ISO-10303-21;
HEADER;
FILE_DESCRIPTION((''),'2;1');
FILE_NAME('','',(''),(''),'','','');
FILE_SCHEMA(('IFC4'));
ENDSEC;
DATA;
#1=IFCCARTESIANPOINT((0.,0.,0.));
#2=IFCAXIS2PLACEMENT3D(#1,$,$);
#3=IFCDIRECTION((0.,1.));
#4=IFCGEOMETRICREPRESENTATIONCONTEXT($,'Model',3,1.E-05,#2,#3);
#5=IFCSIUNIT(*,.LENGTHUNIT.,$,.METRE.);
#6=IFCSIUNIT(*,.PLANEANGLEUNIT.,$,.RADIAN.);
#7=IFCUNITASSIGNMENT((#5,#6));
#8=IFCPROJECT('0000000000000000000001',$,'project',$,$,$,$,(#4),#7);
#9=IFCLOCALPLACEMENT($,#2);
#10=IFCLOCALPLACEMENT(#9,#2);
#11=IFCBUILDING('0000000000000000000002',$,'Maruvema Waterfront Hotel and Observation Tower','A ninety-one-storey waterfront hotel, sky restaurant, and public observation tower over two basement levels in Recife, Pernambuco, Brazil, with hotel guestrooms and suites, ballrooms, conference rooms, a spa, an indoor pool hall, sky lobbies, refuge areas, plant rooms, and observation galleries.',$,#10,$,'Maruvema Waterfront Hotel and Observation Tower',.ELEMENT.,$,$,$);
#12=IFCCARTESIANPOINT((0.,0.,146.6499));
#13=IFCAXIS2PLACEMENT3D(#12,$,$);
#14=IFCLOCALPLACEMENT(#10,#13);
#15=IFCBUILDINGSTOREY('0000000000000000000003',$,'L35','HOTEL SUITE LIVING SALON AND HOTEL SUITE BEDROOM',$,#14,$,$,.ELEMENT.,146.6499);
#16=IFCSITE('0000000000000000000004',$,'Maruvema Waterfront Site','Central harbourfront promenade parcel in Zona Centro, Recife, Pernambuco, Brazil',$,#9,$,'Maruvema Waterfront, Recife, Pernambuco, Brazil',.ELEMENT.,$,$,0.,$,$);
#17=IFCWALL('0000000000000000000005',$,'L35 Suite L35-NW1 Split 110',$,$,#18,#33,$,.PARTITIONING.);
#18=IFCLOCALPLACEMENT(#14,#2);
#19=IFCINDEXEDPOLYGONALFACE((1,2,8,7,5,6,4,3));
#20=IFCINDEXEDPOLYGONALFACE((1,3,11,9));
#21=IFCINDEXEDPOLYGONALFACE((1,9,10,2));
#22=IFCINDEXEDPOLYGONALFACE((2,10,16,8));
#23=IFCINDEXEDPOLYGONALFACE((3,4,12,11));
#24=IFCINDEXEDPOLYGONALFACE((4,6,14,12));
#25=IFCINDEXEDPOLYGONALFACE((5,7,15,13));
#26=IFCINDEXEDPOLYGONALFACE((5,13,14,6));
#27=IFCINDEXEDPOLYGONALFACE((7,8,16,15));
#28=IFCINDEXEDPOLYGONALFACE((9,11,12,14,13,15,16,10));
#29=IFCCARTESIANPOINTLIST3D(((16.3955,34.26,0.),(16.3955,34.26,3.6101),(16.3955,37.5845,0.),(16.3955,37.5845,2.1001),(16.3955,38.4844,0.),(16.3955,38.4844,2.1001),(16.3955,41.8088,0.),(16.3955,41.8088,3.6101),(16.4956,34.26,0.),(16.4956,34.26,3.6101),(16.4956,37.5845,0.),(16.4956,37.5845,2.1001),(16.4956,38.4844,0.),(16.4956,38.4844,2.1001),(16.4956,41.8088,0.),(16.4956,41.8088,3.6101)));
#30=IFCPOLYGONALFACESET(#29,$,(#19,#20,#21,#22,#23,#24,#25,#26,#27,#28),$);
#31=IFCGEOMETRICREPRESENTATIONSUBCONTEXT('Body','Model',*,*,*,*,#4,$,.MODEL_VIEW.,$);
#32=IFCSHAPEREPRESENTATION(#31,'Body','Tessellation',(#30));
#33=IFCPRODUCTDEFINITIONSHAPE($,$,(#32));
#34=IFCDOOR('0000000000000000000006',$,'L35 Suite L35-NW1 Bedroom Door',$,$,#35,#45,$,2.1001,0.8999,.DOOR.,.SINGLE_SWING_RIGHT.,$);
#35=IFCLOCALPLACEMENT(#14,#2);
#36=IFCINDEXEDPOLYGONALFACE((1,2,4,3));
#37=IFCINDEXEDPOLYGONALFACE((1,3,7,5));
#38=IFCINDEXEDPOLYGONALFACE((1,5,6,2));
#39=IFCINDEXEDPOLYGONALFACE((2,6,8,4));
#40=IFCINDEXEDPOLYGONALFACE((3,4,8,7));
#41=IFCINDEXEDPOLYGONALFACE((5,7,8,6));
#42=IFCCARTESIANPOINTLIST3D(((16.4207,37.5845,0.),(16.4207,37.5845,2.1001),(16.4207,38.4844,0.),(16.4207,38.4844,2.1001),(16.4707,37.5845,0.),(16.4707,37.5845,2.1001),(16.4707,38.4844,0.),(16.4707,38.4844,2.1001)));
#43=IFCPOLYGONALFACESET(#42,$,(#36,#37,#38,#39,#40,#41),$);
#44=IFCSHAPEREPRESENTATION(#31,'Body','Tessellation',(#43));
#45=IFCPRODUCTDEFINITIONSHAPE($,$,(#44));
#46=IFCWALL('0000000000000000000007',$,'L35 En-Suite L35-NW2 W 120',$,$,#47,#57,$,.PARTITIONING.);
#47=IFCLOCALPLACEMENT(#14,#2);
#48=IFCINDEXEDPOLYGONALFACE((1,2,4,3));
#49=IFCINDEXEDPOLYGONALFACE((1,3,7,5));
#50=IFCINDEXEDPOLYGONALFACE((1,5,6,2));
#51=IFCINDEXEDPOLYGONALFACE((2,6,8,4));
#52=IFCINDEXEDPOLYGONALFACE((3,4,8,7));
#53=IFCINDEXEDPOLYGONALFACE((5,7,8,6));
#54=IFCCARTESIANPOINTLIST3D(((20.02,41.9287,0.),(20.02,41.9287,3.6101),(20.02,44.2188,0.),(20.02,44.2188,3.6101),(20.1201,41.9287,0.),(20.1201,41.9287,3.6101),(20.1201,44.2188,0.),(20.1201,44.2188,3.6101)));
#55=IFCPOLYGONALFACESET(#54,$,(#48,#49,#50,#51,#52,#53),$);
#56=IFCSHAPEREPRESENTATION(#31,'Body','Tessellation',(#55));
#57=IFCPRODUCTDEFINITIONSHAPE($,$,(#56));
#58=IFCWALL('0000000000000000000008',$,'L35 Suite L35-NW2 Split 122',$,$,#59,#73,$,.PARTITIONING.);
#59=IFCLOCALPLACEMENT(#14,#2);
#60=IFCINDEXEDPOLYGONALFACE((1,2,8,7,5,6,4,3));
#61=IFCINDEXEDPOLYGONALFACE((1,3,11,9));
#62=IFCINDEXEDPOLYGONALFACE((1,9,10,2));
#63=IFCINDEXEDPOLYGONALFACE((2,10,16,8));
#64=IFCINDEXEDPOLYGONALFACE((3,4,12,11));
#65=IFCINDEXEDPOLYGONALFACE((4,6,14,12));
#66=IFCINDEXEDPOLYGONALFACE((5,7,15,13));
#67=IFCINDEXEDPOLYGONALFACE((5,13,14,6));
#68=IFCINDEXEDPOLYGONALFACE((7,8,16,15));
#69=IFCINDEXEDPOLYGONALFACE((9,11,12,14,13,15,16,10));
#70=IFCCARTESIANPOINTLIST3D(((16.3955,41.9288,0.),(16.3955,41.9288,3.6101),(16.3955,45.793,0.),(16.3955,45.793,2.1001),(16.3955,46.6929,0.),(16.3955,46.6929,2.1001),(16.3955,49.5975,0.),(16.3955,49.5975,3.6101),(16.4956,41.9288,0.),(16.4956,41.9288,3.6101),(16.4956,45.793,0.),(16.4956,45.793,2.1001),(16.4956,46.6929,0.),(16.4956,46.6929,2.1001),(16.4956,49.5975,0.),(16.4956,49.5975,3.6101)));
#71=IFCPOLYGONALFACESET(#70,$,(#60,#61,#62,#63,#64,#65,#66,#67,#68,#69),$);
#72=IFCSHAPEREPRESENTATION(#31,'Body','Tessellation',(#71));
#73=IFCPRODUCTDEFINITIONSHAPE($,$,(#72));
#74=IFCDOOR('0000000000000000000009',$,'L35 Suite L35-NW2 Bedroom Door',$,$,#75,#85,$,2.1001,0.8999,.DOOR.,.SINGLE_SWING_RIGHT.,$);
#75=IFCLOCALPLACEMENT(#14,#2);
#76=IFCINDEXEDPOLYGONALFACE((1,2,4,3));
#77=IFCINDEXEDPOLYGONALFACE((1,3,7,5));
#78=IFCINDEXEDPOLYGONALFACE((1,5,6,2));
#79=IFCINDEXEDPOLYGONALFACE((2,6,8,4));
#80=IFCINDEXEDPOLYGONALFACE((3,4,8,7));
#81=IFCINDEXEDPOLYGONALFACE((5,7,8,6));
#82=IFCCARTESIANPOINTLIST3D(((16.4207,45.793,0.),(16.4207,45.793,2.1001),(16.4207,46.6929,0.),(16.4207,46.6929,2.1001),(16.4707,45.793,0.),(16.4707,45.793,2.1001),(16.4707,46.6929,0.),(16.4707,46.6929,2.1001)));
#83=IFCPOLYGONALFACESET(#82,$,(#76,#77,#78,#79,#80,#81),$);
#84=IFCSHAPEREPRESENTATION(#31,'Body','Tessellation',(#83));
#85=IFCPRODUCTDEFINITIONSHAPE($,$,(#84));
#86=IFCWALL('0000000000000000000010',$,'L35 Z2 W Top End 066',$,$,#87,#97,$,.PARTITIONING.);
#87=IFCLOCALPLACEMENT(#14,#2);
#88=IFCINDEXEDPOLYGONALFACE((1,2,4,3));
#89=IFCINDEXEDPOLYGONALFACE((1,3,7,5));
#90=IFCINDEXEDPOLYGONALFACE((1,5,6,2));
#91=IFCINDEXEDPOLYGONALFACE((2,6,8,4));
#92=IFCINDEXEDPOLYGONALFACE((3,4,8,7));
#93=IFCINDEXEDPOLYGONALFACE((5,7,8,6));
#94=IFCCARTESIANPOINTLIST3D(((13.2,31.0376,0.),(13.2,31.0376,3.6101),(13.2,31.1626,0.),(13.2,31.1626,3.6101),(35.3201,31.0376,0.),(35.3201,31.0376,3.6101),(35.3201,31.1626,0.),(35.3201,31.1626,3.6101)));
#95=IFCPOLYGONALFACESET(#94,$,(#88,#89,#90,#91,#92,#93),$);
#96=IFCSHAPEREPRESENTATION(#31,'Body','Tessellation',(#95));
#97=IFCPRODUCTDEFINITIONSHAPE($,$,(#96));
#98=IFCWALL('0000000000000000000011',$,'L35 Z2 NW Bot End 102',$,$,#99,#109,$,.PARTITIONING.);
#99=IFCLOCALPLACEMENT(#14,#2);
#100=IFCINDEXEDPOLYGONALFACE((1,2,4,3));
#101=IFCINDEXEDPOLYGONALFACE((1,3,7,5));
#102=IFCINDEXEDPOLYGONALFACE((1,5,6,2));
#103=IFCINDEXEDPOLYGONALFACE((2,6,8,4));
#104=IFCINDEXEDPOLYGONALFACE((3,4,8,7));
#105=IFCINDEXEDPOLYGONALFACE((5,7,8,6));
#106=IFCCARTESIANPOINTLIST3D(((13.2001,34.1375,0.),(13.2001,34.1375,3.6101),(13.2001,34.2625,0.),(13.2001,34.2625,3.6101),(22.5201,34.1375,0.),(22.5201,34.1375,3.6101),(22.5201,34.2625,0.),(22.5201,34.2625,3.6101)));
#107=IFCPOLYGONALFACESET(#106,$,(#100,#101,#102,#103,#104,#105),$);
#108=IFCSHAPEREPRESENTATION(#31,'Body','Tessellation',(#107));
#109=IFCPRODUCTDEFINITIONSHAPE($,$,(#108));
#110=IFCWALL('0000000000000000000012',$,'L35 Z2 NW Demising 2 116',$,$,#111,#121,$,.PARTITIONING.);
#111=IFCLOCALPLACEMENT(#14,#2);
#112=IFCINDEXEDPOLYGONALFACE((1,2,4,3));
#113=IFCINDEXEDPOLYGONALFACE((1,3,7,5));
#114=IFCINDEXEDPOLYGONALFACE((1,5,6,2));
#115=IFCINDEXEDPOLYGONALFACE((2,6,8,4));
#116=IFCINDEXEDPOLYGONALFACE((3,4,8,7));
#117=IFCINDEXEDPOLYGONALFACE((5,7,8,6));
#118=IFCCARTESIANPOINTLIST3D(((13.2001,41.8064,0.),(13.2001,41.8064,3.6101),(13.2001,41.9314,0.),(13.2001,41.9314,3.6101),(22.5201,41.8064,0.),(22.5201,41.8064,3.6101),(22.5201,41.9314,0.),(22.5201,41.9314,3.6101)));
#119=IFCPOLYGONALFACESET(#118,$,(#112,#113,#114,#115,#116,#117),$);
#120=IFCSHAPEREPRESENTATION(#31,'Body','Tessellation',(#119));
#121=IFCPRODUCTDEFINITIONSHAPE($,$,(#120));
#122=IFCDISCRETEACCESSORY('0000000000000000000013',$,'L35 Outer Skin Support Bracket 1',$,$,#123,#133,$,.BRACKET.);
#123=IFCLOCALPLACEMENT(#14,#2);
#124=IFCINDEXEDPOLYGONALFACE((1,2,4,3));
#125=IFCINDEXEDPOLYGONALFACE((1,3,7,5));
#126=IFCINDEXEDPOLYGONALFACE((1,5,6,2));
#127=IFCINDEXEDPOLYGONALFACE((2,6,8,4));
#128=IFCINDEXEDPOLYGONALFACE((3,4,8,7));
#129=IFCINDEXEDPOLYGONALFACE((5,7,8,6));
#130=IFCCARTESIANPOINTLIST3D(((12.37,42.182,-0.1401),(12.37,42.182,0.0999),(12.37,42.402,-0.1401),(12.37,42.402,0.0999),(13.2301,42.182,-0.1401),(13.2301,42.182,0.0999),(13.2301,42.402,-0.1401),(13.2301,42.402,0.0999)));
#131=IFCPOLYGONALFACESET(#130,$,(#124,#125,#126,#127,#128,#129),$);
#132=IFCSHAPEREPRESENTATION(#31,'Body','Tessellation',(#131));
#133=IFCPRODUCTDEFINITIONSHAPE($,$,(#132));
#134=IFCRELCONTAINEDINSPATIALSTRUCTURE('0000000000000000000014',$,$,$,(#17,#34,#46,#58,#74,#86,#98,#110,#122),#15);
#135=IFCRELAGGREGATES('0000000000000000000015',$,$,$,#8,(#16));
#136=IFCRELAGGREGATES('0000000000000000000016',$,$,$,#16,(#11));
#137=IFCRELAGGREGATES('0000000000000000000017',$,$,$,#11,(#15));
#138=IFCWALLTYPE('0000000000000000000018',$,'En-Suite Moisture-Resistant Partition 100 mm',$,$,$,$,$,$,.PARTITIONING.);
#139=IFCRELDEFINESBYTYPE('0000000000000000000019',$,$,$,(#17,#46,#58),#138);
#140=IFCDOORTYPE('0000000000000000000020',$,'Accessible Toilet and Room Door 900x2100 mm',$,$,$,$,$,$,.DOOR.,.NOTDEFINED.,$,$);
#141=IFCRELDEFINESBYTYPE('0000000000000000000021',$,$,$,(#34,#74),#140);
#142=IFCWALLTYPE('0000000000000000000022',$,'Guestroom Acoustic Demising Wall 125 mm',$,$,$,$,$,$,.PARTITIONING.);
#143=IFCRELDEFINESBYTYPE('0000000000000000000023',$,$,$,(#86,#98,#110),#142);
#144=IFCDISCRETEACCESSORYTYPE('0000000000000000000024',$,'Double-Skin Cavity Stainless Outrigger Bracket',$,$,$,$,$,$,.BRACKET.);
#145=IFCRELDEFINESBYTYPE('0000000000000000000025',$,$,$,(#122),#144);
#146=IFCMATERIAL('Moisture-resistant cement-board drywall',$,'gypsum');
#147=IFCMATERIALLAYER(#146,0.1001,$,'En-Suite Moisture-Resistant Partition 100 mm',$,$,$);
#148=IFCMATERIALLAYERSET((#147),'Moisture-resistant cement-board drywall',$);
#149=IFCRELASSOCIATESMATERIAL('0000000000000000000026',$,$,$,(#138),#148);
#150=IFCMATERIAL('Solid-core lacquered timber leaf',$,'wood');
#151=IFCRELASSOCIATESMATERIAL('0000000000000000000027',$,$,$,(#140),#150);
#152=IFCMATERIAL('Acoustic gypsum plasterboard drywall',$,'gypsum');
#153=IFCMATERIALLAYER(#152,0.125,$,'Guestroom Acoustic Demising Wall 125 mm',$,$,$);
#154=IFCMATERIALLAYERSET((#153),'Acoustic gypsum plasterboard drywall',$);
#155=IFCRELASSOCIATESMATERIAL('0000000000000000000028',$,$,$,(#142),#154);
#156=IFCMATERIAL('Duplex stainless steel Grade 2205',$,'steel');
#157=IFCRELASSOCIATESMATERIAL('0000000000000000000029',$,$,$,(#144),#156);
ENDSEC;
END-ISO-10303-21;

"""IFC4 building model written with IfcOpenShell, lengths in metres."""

from ifc_helpers import new_model, si_unit, direction, frame, frame_2d, origin, origin_2d, place, context, subcontext, project, spatial, rectangle, extrude, material, layer, layer_set, type_object, element, fill, save


model = new_model("IFC4")

# Units and contexts
model_context = context("Model", 3, precision=1e-05, world=origin(), true_north=direction((0.0, 1.0)))
body_context = subcontext(model_context, "Body", "Model", "MODEL_VIEW")
ifc_project = project(units=[si_unit("LENGTHUNIT", "METRE"), si_unit("PLANEANGLEUNIT", "RADIAN")], contexts=[model_context])

# Site, building, storey
site_placement = place(None, origin())
site = spatial("IfcSite", under=ifc_project, at=site_placement, Name="Maruvema Waterfront Site", Description="Central harbourfront promenade parcel in Zona Centro, Recife, Pernambuco, Brazil", LongName="Maruvema Waterfront, Recife, Pernambuco, Brazil", CompositionType="ELEMENT", RefElevation=0.0)
building_placement = place(site_placement, origin())
building = spatial("IfcBuilding", under=site, at=building_placement, Name="Maruvema Waterfront Hotel and Observation Tower", Description="A ninety-one-storey waterfront hotel, sky restaurant, and public observation tower over two basement levels in Recife, Pernambuco, Brazil, with hotel guestrooms and suites, ballrooms, conference rooms, a spa, an indoor pool hall, sky lobbies, refuge areas, plant rooms, and observation galleries.", LongName="Maruvema Waterfront Hotel and Observation Tower", CompositionType="ELEMENT")
storey_placement = place(building_placement, frame((0.0, 0.0, 146.6499)))
storey = spatial("IfcBuildingStorey", under=building, at=storey_placement, Name="L35", Description="HOTEL SUITE LIVING SALON AND HOTEL SUITE BEDROOM", CompositionType="ELEMENT", Elevation=146.6499)

# Shared definitions
ifc_material_1 = material(Name="Moisture-resistant cement-board drywall", Category="gypsum")
ifc_layer_1 = layer(ifc_material_1, 0.1001, Name="En-Suite Moisture-Resistant Partition 100 mm")
ifc_layer_set_1 = layer_set([ifc_layer_1], Name="Moisture-resistant cement-board drywall")
wall_type_1 = type_object("IfcWallType", Name="En-Suite Moisture-Resistant Partition 100 mm", PredefinedType="PARTITIONING", material=ifc_layer_set_1)

# Wall, opening, door
wall_1_placement = place(storey_placement, frame((16.4456, 34.26, 0.0), z_axis=(0.0, 0.0, 1.0), x_axis=(0.0, 1.0, 0.0)))
wall_1 = element("IfcWall", 1, at=wall_1_placement, inside=storey, type_object=wall_type_1, Name="L35 Suite L35-NW1 Split 110", PredefinedType="PARTITIONING", context=body_context, shape_type="SweptSolid", body=[
    extrude(rectangle(XDim=7.5488, YDim=0.1001, at=frame_2d((3.7744, 0.0))), origin(), (0.0, 0.0, 1.0), 3.6101),
])
opening_1_placement = place(wall_1_placement, frame((3.3245, 0.0, 0.0)))
opening_1 = element("IfcOpeningElement", 2, at=opening_1_placement, cuts=wall_1, PredefinedType="OPENING", context=body_context, shape_type="SweptSolid", body=[
    extrude(rectangle(XDim=0.8999, YDim=2.1001, at=frame_2d((0.45, 1.05))), frame((0.0, 0.0601, 0.0), z_axis=(0.0, -1.0, 0.0), x_axis=(1.0, 0.0, 0.0)), (0.0, 0.0, 1.0), 0.1201),
])
ifc_material_2 = material(Name="Solid-core lacquered timber leaf", Category="wood")
door_type_1 = type_object("IfcDoorType", Name="Accessible Toilet and Room Door 900x2100 mm", OperationType="NOTDEFINED", PredefinedType="DOOR", material=ifc_material_2)
door_1_placement = place(opening_1_placement, origin())
door_1 = element("IfcDoor", 3, at=door_1_placement, inside=storey, type_object=door_type_1, Name="L35 Suite L35-NW1 Bedroom Door", OperationType="SINGLE_SWING_RIGHT", OverallHeight=2.1001, OverallWidth=0.8999, PredefinedType="DOOR", context=body_context, shape_type="SweptSolid", body=[
    extrude(rectangle(XDim=0.8999, YDim=2.1001, at=frame_2d((0.45, 1.05))), frame((0.0, 0.0249, 0.0), z_axis=(0.0, -1.0, 0.0), x_axis=(1.0, 0.0, 0.0)), (0.0, 0.0, 1.0), 0.05),
])
fill(opening_1, door_1)

# Wall
wall_2_placement = place(storey_placement, frame((20.0701, 41.9287, 0.0), z_axis=(0.0, 0.0, 1.0), x_axis=(0.0, 1.0, 0.0)))
element("IfcWall", 4, at=wall_2_placement, inside=storey, type_object=wall_type_1, Name="L35 En-Suite L35-NW2 W 120", PredefinedType="PARTITIONING", context=body_context, shape_type="SweptSolid", body=[
    extrude(rectangle(XDim=2.29, YDim=0.1001, at=frame_2d((1.145, 0.0))), origin(), (0.0, 0.0, 1.0), 3.6101),
])

# Wall, opening, door
wall_3_placement = place(storey_placement, frame((16.4456, 41.9287, 0.0), z_axis=(0.0, 0.0, 1.0), x_axis=(0.0, 1.0, 0.0)))
wall_3 = element("IfcWall", 5, at=wall_3_placement, inside=storey, type_object=wall_type_1, Name="L35 Suite L35-NW2 Split 122", PredefinedType="PARTITIONING", context=body_context, shape_type="SweptSolid", body=[
    extrude(rectangle(XDim=7.6687, YDim=0.1001, at=frame_2d((3.8345, 0.0))), origin(), (0.0, 0.0, 1.0), 3.6101),
])
opening_2_placement = place(wall_3_placement, frame((3.8643, 0.0, 0.0)))
opening_2 = element("IfcOpeningElement", 6, at=opening_2_placement, cuts=wall_3, PredefinedType="OPENING", context=body_context, shape_type="SweptSolid", body=[
    extrude(rectangle(XDim=0.8999, YDim=2.1001, at=frame_2d((0.45, 1.05))), frame((0.0, 0.0601, 0.0), z_axis=(0.0, -1.0, 0.0), x_axis=(1.0, 0.0, 0.0)), (0.0, 0.0, 1.0), 0.1201),
])
door_2_placement = place(opening_2_placement, origin())
door_2 = element("IfcDoor", 7, at=door_2_placement, inside=storey, type_object=door_type_1, Name="L35 Suite L35-NW2 Bedroom Door", OperationType="SINGLE_SWING_RIGHT", OverallHeight=2.1001, OverallWidth=0.8999, PredefinedType="DOOR", context=body_context, shape_type="SweptSolid", body=[
    extrude(rectangle(XDim=0.8999, YDim=2.1001, at=frame_2d((0.45, 1.05))), frame((0.0, 0.0249, 0.0), z_axis=(0.0, -1.0, 0.0), x_axis=(1.0, 0.0, 0.0)), (0.0, 0.0, 1.0), 0.05),
])
fill(opening_2, door_2)

# Walls
ifc_material_3 = material(Name="Acoustic gypsum plasterboard drywall", Category="gypsum")
ifc_layer_2 = layer(ifc_material_3, 0.125, Name="Guestroom Acoustic Demising Wall 125 mm")
ifc_layer_set_2 = layer_set([ifc_layer_2], Name="Acoustic gypsum plasterboard drywall")
wall_type_2 = type_object("IfcWallType", Name="Guestroom Acoustic Demising Wall 125 mm", PredefinedType="PARTITIONING", material=ifc_layer_set_2)
wall_4_placement = place(storey_placement, frame((13.2, 31.1001, 0.0), z_axis=(0.0, 0.0, 1.0), x_axis=(1.0, 0.0, 0.0)))
element("IfcWall", 8, at=wall_4_placement, inside=storey, type_object=wall_type_2, Name="L35 Z2 W Top End 066", PredefinedType="PARTITIONING", context=body_context, shape_type="SweptSolid", body=[
    extrude(rectangle(XDim=22.1201, YDim=0.125, at=frame_2d((11.0601, 0.0))), origin(), (0.0, 0.0, 1.0), 3.6101),
])
for number, where, z_axis, x_axis, name in (
    (9, (13.2, 34.2, 0.0), (0.0, 0.0, 1.0), (1.0, 0.0, 0.0), "L35 Z2 NW Bot End 102"),
    (10, (13.2, 41.8689, 0.0), (0.0, 0.0, 1.0), (1.0, 0.0, 0.0), "L35 Z2 NW Demising 2 116"),
):
    element("IfcWall", number, at=place(storey_placement, frame(where, z_axis=z_axis, x_axis=x_axis)), inside=storey, type_object=wall_type_2, Name=name, PredefinedType="PARTITIONING", context=body_context, shape_type="SweptSolid", body=[
        extrude(rectangle(XDim=9.3201, YDim=0.125, at=frame_2d((4.6602, 0.0))), origin(), (0.0, 0.0, 1.0), 3.6101),
    ])

# Discrete accessory
ifc_material_4 = material(Name="Duplex stainless steel Grade 2205", Category="steel")
discrete_accessory_type = type_object("IfcDiscreteAccessoryType", Name="Double-Skin Cavity Stainless Outrigger Bracket", PredefinedType="BRACKET", material=ifc_material_4)
discrete_accessory_placement = place(storey_placement, frame((12.8, 42.292, -0.1401), z_axis=(0.0, 0.0, 1.0), x_axis=(0.0, -1.0, 0.0)))
element("IfcDiscreteAccessory", 11, at=discrete_accessory_placement, inside=storey, type_object=discrete_accessory_type, Name="L35 Outer Skin Support Bracket 1", PredefinedType="BRACKET", context=body_context, shape_type="SweptSolid", body=[
    extrude(rectangle(XDim=0.22, YDim=0.8601, at=origin_2d()), origin(), (0.0, 0.0, 1.0), 0.24),
])

save(model, "model.ifc")
